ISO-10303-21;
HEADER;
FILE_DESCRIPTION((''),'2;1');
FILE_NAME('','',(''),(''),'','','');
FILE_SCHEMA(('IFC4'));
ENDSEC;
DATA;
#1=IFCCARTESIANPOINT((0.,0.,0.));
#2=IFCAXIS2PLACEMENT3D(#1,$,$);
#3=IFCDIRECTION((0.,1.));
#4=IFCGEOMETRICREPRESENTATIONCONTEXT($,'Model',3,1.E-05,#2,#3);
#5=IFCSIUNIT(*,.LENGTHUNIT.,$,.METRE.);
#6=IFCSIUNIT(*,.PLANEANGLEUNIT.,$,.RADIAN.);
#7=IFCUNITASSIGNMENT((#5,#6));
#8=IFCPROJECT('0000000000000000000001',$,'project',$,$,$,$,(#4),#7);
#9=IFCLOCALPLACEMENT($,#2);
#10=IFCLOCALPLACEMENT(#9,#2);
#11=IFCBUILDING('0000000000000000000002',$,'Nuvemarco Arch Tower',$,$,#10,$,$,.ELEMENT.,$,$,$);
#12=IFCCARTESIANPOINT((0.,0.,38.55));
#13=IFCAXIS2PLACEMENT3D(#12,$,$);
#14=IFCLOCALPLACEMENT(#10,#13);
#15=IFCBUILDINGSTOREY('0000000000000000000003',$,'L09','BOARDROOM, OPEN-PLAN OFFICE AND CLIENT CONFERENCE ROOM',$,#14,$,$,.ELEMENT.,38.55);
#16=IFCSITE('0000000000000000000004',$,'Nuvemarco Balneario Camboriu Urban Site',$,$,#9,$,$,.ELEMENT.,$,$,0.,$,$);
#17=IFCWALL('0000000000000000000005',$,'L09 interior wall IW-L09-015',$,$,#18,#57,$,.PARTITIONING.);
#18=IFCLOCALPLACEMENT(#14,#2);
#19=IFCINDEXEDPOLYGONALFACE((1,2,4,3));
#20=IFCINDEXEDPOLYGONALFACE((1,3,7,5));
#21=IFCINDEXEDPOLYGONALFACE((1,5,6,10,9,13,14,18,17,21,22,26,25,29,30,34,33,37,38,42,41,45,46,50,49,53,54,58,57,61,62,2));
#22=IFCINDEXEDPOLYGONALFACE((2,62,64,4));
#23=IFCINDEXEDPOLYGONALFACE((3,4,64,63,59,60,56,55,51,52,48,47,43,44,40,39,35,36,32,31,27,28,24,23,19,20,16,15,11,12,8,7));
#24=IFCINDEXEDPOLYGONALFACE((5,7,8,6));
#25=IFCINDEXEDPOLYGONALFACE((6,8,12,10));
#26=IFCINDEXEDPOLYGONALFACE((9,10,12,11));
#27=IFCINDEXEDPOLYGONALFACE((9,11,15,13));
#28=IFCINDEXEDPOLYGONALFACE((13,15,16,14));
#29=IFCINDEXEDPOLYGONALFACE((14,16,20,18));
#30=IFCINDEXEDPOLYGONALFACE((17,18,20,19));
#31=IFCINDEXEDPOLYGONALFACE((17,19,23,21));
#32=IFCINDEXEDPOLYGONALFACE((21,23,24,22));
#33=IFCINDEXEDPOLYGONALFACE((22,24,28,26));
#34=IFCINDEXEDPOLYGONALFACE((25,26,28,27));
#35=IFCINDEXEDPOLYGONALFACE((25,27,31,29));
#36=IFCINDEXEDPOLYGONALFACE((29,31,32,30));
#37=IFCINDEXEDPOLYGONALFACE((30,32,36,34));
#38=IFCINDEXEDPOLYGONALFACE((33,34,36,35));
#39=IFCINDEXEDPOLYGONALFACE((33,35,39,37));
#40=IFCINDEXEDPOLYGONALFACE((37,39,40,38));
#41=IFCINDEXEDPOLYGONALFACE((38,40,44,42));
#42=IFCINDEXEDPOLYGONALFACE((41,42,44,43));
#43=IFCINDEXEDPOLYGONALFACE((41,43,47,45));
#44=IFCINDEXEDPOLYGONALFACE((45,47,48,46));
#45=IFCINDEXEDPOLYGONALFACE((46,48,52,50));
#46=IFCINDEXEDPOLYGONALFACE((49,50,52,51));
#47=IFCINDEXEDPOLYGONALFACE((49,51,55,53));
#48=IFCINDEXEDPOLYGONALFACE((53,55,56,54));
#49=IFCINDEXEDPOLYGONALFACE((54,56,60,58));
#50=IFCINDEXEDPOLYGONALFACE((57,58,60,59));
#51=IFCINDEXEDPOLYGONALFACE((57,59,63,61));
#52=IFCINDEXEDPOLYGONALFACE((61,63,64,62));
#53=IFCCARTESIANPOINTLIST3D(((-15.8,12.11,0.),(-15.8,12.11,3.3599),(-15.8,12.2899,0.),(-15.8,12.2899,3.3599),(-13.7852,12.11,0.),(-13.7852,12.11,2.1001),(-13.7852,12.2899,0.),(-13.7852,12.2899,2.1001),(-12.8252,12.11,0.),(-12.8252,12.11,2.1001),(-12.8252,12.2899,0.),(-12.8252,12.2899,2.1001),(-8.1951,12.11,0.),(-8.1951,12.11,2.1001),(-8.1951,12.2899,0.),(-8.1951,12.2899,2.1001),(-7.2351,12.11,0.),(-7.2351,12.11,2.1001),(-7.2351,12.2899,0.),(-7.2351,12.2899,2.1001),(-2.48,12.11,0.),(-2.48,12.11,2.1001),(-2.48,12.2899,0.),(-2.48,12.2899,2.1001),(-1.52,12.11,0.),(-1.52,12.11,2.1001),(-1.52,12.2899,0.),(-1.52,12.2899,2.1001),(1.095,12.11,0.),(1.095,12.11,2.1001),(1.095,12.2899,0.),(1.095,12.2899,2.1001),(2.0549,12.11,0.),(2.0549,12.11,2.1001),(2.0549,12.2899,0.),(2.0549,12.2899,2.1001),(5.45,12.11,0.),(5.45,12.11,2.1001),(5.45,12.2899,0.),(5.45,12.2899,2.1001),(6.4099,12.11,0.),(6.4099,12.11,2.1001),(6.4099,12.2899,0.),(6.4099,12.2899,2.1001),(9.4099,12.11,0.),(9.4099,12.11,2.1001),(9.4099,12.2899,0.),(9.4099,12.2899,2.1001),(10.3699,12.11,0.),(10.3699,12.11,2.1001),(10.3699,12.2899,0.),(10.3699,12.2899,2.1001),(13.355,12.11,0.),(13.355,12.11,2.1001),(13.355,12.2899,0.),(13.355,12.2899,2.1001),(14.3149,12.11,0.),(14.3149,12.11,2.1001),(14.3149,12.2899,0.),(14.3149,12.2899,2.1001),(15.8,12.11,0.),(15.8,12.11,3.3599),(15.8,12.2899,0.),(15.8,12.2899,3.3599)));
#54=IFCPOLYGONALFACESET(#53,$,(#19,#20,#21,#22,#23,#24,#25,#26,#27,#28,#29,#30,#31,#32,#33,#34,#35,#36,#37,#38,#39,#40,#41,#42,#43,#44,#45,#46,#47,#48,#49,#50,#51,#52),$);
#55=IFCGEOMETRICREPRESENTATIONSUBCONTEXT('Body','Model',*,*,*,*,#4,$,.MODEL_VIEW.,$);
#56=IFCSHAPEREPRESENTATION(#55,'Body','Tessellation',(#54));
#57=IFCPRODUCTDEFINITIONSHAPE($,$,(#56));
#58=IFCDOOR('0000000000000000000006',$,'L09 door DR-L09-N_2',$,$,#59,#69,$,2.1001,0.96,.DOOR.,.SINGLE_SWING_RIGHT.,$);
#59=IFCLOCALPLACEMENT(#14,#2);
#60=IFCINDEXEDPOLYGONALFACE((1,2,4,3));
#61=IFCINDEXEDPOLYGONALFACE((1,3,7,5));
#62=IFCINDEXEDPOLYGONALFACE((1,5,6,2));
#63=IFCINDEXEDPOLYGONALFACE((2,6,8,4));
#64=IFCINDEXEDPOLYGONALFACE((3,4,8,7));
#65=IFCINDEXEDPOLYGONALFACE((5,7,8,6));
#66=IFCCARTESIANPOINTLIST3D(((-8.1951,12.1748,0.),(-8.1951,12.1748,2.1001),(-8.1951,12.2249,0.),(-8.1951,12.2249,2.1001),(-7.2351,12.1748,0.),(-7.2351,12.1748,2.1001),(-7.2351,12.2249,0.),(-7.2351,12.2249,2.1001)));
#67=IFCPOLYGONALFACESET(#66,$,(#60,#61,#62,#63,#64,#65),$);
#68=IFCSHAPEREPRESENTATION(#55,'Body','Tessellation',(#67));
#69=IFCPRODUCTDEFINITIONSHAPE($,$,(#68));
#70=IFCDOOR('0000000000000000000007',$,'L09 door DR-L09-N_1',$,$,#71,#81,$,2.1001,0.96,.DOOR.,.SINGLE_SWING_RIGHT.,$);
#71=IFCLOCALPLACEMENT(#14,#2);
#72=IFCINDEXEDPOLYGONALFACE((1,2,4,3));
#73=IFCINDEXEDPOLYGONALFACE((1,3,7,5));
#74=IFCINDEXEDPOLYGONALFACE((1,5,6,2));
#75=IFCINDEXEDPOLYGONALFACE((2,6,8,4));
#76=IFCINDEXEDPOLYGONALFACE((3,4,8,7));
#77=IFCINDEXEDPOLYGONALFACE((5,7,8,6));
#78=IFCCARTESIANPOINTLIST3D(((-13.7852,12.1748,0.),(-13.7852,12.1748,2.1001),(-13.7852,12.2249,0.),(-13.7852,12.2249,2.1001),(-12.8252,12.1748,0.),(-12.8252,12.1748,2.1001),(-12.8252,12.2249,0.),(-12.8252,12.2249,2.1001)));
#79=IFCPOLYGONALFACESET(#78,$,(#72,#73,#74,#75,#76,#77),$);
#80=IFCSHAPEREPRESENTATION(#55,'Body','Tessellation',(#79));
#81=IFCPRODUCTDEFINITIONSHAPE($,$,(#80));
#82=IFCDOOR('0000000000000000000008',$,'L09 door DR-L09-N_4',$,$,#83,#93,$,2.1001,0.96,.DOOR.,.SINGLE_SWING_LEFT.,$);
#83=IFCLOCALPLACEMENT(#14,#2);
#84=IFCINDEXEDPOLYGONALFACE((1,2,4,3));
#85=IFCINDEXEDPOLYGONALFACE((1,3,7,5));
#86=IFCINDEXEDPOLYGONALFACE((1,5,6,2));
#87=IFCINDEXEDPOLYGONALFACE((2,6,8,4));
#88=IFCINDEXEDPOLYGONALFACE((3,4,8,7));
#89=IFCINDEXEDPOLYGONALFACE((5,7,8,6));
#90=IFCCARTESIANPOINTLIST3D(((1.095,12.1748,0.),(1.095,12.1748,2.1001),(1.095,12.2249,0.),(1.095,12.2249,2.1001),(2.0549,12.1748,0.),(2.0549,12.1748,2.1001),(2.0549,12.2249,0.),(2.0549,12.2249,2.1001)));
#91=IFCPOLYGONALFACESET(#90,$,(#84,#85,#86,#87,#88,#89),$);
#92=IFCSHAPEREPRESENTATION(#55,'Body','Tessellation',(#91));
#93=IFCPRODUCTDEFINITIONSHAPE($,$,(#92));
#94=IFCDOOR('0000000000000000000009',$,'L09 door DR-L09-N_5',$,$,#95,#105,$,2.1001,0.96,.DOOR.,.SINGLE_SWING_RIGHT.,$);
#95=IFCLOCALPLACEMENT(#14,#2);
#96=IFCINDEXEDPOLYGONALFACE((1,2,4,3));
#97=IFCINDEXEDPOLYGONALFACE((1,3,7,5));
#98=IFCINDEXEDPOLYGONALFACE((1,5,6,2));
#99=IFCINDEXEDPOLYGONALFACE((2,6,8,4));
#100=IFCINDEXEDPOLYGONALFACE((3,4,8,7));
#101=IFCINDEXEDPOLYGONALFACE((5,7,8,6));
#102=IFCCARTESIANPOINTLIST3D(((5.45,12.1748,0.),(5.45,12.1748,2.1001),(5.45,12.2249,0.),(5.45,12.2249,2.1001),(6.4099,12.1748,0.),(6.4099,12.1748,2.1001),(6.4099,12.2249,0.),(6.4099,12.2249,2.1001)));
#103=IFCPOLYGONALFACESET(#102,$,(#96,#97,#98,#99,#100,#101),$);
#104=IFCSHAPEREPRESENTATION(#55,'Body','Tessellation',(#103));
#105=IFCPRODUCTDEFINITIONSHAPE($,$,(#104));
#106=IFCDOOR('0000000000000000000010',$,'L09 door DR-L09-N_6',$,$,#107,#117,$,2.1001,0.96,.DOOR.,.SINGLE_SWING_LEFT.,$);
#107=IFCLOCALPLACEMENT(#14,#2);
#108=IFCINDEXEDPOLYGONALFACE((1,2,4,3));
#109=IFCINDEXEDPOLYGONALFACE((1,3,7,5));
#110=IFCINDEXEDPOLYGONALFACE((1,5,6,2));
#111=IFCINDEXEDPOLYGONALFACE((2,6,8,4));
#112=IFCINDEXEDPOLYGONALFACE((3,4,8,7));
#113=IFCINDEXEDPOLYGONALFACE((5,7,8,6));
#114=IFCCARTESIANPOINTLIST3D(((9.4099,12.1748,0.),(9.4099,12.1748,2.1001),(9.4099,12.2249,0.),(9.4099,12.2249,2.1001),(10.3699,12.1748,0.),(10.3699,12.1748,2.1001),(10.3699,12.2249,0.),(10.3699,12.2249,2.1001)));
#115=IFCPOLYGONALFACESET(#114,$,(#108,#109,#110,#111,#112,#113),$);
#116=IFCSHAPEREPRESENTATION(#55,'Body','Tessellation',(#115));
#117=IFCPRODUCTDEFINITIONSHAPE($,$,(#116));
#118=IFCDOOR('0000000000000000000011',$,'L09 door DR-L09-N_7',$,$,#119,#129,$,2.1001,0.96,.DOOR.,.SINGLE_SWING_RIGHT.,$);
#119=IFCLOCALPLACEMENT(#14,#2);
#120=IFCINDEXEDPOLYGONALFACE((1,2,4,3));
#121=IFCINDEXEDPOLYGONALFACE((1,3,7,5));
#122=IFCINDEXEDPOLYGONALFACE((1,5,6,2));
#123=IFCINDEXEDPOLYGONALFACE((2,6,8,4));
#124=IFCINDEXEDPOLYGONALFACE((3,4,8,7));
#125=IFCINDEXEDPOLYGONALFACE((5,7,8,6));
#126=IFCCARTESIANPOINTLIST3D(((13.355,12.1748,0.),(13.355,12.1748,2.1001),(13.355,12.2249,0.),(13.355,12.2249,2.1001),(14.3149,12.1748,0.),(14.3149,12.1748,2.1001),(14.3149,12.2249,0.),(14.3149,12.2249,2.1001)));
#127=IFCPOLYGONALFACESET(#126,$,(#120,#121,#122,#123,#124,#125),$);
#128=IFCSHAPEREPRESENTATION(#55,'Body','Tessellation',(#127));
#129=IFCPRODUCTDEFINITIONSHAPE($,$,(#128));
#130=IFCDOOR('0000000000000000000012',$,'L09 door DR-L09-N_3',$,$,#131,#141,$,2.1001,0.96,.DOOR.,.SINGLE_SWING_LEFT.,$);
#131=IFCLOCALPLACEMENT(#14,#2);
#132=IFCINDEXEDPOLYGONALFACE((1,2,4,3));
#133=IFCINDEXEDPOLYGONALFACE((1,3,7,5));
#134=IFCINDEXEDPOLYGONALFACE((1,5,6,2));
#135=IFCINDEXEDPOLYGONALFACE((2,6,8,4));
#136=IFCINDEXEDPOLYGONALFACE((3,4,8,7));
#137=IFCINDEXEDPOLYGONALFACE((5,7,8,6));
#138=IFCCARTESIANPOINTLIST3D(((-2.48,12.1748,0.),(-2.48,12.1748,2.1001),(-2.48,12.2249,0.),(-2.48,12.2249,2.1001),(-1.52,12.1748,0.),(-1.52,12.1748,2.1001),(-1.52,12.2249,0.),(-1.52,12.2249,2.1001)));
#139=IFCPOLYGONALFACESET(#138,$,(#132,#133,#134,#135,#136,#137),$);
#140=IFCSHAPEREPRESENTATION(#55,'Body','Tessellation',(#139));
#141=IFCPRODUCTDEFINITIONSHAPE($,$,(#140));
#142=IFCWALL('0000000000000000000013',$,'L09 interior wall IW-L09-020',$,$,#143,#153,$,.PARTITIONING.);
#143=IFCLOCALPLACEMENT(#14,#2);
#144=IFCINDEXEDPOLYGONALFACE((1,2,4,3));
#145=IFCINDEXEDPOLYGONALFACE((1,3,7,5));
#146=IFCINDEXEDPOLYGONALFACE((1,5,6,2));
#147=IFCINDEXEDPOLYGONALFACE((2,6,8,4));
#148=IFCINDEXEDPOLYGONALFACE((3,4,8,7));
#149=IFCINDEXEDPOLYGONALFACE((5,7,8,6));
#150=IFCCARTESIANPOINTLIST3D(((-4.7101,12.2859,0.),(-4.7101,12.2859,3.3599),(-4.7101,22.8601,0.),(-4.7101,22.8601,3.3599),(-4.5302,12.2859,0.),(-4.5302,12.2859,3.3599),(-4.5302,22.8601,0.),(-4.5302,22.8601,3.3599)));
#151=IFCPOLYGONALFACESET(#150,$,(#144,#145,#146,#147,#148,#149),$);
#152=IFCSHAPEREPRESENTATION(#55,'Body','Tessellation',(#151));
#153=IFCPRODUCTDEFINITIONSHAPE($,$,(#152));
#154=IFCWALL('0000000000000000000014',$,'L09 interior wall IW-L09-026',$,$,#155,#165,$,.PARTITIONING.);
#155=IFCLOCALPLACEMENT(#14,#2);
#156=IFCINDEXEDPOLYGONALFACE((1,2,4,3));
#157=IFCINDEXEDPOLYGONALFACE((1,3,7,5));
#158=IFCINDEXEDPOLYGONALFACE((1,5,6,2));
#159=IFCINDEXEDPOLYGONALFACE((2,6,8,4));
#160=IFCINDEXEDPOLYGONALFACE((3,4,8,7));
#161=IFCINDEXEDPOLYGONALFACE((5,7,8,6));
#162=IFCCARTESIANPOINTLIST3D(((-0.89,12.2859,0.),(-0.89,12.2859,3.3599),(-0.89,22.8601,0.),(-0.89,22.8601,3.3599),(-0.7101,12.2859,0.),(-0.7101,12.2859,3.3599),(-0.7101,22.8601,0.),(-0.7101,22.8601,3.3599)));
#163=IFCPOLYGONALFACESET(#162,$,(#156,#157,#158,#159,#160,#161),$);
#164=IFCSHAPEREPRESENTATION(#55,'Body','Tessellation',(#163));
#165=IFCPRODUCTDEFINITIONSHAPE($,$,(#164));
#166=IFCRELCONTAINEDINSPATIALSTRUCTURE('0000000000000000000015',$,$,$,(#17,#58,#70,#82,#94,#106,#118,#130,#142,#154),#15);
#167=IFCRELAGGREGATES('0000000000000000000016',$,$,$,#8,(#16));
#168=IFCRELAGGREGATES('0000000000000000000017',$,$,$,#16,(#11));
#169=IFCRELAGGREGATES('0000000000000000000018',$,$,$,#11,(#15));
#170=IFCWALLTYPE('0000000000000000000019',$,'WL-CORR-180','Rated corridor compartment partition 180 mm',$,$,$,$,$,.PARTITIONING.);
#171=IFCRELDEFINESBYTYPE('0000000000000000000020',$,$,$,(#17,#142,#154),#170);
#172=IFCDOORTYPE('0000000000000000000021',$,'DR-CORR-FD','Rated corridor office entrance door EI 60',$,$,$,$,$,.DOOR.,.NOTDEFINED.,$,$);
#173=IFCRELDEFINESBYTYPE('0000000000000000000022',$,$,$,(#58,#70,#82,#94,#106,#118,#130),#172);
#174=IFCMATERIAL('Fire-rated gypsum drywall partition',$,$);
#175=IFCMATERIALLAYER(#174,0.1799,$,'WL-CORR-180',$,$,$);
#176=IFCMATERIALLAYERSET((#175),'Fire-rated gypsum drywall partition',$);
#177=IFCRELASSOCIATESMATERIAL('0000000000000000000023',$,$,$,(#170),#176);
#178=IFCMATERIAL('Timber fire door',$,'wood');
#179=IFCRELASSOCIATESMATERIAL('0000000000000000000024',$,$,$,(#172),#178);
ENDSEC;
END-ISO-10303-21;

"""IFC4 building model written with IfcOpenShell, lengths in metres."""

from ifc_helpers import new_model, si_unit, direction, frame, frame_2d, origin, place, context, subcontext, project, spatial, rectangle, extrude, source, transform, mapped, material, layer, layer_set, type_object, type_shapes, element, fill, save


model = new_model("IFC4")

# Units and contexts
model_context = context("Model", 3, precision=1e-05, world=origin(), true_north=direction((0.0, 1.0)))
body_context = subcontext(model_context, "Body", "Model", "MODEL_VIEW")
ifc_project = project(units=[si_unit("LENGTHUNIT", "METRE"), si_unit("PLANEANGLEUNIT", "RADIAN")], contexts=[model_context])

# Site, building, storey
site_placement = place(None, origin())
site = spatial("IfcSite", under=ifc_project, at=site_placement, Name="Nuvemarco Balneario Camboriu Urban Site", CompositionType="ELEMENT", RefElevation=0.0)
building_placement = place(site_placement, origin())
building = spatial("IfcBuilding", under=site, at=building_placement, Name="Nuvemarco Arch Tower", CompositionType="ELEMENT")
storey_placement = place(building_placement, frame((0.0, 0.0, 38.55)))
storey = spatial("IfcBuildingStorey", under=building, at=storey_placement, Name="L09", Description="BOARDROOM, OPEN-PLAN OFFICE AND CLIENT CONFERENCE ROOM", CompositionType="ELEMENT", Elevation=38.55)

# Shared definitions
ifc_material_1 = material(Name="Fire-rated gypsum drywall partition")
ifc_layer_1 = layer(ifc_material_1, 0.1799, Name="WL-CORR-180")
ifc_layer_set_1 = layer_set([ifc_layer_1], Name="Fire-rated gypsum drywall partition")
wall_type_1 = type_object("IfcWallType", Name="WL-CORR-180", Description="Rated corridor compartment partition 180 mm", PredefinedType="PARTITIONING", material=ifc_layer_set_1)
ifc_material_2 = material(Name="Timber fire door", Category="wood")
door_type = type_object("IfcDoorType", Name="DR-CORR-FD", Description="Rated corridor office entrance door EI 60", OperationType="NOTDEFINED", PredefinedType="DOOR", material=ifc_material_2)
shared_shape_1 = source(origin(), body_context, "Body", "SweptSolid", [
    extrude(rectangle(XDim=0.96, YDim=2.1001, at=frame_2d((0.48, 1.05))), frame((0.0, 0.0249, 0.0), z_axis=(0.0, -1.0, 0.0), x_axis=(1.0, 0.0, 0.0)), (0.0, 0.0, 1.0), 0.05),
])
type_shapes(door_type, [shared_shape_1])

# Wall, openings, doors
wall_1_placement = place(storey_placement, frame((-15.8, 12.2, 0.0), z_axis=(0.0, 0.0, 1.0), x_axis=(1.0, 0.0, 0.0)))
wall_1 = element("IfcWall", 1, at=wall_1_placement, inside=storey, type_object=wall_type_1, Name="L09 interior wall IW-L09-015", PredefinedType="PARTITIONING", context=body_context, shape_type="SweptSolid", body=[
    extrude(rectangle(XDim=31.6001, YDim=0.1799, at=frame_2d((15.8, 0.0))), origin(), (0.0, 0.0, 1.0), 3.3599),
])
opening_1_placement = place(wall_1_placement, frame((7.605, 0.0, 0.0)))
opening_1 = element("IfcOpeningElement", 2, at=opening_1_placement, cuts=wall_1, PredefinedType="OPENING", context=body_context, shape_type="SweptSolid", body=[
    extrude(rectangle(XDim=0.96, YDim=2.1001, at=frame_2d((0.48, 1.05))), frame((0.0, 0.0999, 0.0), z_axis=(0.0, -1.0, 0.0), x_axis=(1.0, 0.0, 0.0)), (0.0, 0.0, 1.0), 0.2),
])
opening_2_placement = place(wall_1_placement, frame((2.0149, 0.0, 0.0)))
opening_2 = element("IfcOpeningElement", 3, at=opening_2_placement, cuts=wall_1, PredefinedType="OPENING", context=body_context, shape_type="SweptSolid", body=[
    extrude(rectangle(XDim=0.96, YDim=2.1001, at=frame_2d((0.48, 1.05))), frame((0.0, 0.0999, 0.0), z_axis=(0.0, -1.0, 0.0), x_axis=(1.0, 0.0, 0.0)), (0.0, 0.0, 1.0), 0.2),
])
opening_3_placement = place(wall_1_placement, frame((16.895, 0.0, 0.0)))
opening_3 = element("IfcOpeningElement", 4, at=opening_3_placement, cuts=wall_1, PredefinedType="OPENING", context=body_context, shape_type="SweptSolid", body=[
    extrude(rectangle(XDim=0.96, YDim=2.1001, at=frame_2d((0.48, 1.05))), frame((0.0, 0.0999, 0.0), z_axis=(0.0, -1.0, 0.0), x_axis=(1.0, 0.0, 0.0)), (0.0, 0.0, 1.0), 0.2),
])
opening_4_placement = place(wall_1_placement, frame((21.25, 0.0, 0.0)))
opening_4 = element("IfcOpeningElement", 5, at=opening_4_placement, cuts=wall_1, PredefinedType="OPENING", context=body_context, shape_type="SweptSolid", body=[
    extrude(rectangle(XDim=0.96, YDim=2.1001, at=frame_2d((0.48, 1.05))), frame((0.0, 0.0999, 0.0), z_axis=(0.0, -1.0, 0.0), x_axis=(1.0, 0.0, 0.0)), (0.0, 0.0, 1.0), 0.2),
])
opening_5_placement = place(wall_1_placement, frame((25.21, 0.0, 0.0)))
opening_5 = element("IfcOpeningElement", 6, at=opening_5_placement, cuts=wall_1, PredefinedType="OPENING", context=body_context, shape_type="SweptSolid", body=[
    extrude(rectangle(XDim=0.96, YDim=2.1001, at=frame_2d((0.48, 1.05))), frame((0.0, 0.0999, 0.0), z_axis=(0.0, -1.0, 0.0), x_axis=(1.0, 0.0, 0.0)), (0.0, 0.0, 1.0), 0.2),
])
opening_6_placement = place(wall_1_placement, frame((29.155, 0.0, 0.0)))
opening_6 = element("IfcOpeningElement", 7, at=opening_6_placement, cuts=wall_1, PredefinedType="OPENING", context=body_context, shape_type="SweptSolid", body=[
    extrude(rectangle(XDim=0.96, YDim=2.1001, at=frame_2d((0.48, 1.05))), frame((0.0, 0.0999, 0.0), z_axis=(0.0, -1.0, 0.0), x_axis=(1.0, 0.0, 0.0)), (0.0, 0.0, 1.0), 0.2),
])
opening_7_placement = place(wall_1_placement, frame((13.3201, 0.0, 0.0)))
opening_7 = element("IfcOpeningElement", 8, at=opening_7_placement, cuts=wall_1, PredefinedType="OPENING", context=body_context, shape_type="SweptSolid", body=[
    extrude(rectangle(XDim=0.96, YDim=2.1001, at=frame_2d((0.48, 1.05))), frame((0.0, 0.0999, 0.0), z_axis=(0.0, -1.0, 0.0), x_axis=(1.0, 0.0, 0.0)), (0.0, 0.0, 1.0), 0.2),
])
door_1_placement = place(opening_1_placement, origin())
door_1 = element("IfcDoor", 9, at=door_1_placement, inside=storey, type_object=door_type, Name="L09 door DR-L09-N_2", OperationType="SINGLE_SWING_RIGHT", OverallHeight=2.1001, OverallWidth=0.96, PredefinedType="DOOR", context=body_context, shape_type="MappedRepresentation", body=[
    mapped(shared_shape_1, transform((0.0, 0.0, 0.0), scale=1.0)),
])
fill(opening_1, door_1)
door_2_placement = place(opening_2_placement, origin())
door_2 = element("IfcDoor", 10, at=door_2_placement, inside=storey, type_object=door_type, Name="L09 door DR-L09-N_1", OperationType="SINGLE_SWING_RIGHT", OverallHeight=2.1001, OverallWidth=0.96, PredefinedType="DOOR", context=body_context, shape_type="MappedRepresentation", body=[
    mapped(shared_shape_1, transform((0.0, 0.0, 0.0), scale=1.0)),
])
fill(opening_2, door_2)
door_3_placement = place(opening_3_placement, origin())
door_3 = element("IfcDoor", 11, at=door_3_placement, inside=storey, type_object=door_type, Name="L09 door DR-L09-N_4", OperationType="SINGLE_SWING_LEFT", OverallHeight=2.1001, OverallWidth=0.96, PredefinedType="DOOR", context=body_context, shape_type="MappedRepresentation", body=[
    mapped(shared_shape_1, transform((0.0, 0.0, 0.0), scale=1.0)),
])
fill(opening_3, door_3)
door_4_placement = place(opening_4_placement, origin())
door_4 = element("IfcDoor", 12, at=door_4_placement, inside=storey, type_object=door_type, Name="L09 door DR-L09-N_5", OperationType="SINGLE_SWING_RIGHT", OverallHeight=2.1001, OverallWidth=0.96, PredefinedType="DOOR", context=body_context, shape_type="MappedRepresentation", body=[
    mapped(shared_shape_1, transform((0.0, 0.0, 0.0), scale=1.0)),
])
fill(opening_4, door_4)
door_5_placement = place(opening_5_placement, origin())
door_5 = element("IfcDoor", 13, at=door_5_placement, inside=storey, type_object=door_type, Name="L09 door DR-L09-N_6", OperationType="SINGLE_SWING_LEFT", OverallHeight=2.1001, OverallWidth=0.96, PredefinedType="DOOR", context=body_context, shape_type="MappedRepresentation", body=[
    mapped(shared_shape_1, transform((0.0, 0.0, 0.0), scale=1.0)),
])
fill(opening_5, door_5)
door_6_placement = place(opening_6_placement, origin())
door_6 = element("IfcDoor", 14, at=door_6_placement, inside=storey, type_object=door_type, Name="L09 door DR-L09-N_7", OperationType="SINGLE_SWING_RIGHT", OverallHeight=2.1001, OverallWidth=0.96, PredefinedType="DOOR", context=body_context, shape_type="MappedRepresentation", body=[
    mapped(shared_shape_1, transform((0.0, 0.0, 0.0), scale=1.0)),
])
fill(opening_6, door_6)
door_7_placement = place(opening_7_placement, origin())
door_7 = element("IfcDoor", 15, at=door_7_placement, inside=storey, type_object=door_type, Name="L09 door DR-L09-N_3", OperationType="SINGLE_SWING_LEFT", OverallHeight=2.1001, OverallWidth=0.96, PredefinedType="DOOR", context=body_context, shape_type="MappedRepresentation", body=[
    mapped(shared_shape_1, transform((0.0, 0.0, 0.0), scale=1.0)),
])
fill(opening_7, door_7)

# Walls
for number, where, z_axis, x_axis, name in (
    (16, (-4.6201, 12.2859, 0.0), (0.0, 0.0, 1.0), (0.0, 1.0, 0.0), "L09 interior wall IW-L09-020"),
    (17, (-0.8, 12.2859, 0.0), (0.0, 0.0, 1.0), (0.0, 1.0, 0.0), "L09 interior wall IW-L09-026"),
):
    element("IfcWall", number, at=place(storey_placement, frame(where, z_axis=z_axis, x_axis=x_axis)), inside=storey, type_object=wall_type_1, Name=name, PredefinedType="PARTITIONING", context=body_context, shape_type="SweptSolid", body=[
        extrude(rectangle(XDim=10.5742, YDim=0.1799, at=frame_2d((5.2871, 0.0))), origin(), (0.0, 0.0, 1.0), 3.3599),
    ])

save(model, "model.ifc")
